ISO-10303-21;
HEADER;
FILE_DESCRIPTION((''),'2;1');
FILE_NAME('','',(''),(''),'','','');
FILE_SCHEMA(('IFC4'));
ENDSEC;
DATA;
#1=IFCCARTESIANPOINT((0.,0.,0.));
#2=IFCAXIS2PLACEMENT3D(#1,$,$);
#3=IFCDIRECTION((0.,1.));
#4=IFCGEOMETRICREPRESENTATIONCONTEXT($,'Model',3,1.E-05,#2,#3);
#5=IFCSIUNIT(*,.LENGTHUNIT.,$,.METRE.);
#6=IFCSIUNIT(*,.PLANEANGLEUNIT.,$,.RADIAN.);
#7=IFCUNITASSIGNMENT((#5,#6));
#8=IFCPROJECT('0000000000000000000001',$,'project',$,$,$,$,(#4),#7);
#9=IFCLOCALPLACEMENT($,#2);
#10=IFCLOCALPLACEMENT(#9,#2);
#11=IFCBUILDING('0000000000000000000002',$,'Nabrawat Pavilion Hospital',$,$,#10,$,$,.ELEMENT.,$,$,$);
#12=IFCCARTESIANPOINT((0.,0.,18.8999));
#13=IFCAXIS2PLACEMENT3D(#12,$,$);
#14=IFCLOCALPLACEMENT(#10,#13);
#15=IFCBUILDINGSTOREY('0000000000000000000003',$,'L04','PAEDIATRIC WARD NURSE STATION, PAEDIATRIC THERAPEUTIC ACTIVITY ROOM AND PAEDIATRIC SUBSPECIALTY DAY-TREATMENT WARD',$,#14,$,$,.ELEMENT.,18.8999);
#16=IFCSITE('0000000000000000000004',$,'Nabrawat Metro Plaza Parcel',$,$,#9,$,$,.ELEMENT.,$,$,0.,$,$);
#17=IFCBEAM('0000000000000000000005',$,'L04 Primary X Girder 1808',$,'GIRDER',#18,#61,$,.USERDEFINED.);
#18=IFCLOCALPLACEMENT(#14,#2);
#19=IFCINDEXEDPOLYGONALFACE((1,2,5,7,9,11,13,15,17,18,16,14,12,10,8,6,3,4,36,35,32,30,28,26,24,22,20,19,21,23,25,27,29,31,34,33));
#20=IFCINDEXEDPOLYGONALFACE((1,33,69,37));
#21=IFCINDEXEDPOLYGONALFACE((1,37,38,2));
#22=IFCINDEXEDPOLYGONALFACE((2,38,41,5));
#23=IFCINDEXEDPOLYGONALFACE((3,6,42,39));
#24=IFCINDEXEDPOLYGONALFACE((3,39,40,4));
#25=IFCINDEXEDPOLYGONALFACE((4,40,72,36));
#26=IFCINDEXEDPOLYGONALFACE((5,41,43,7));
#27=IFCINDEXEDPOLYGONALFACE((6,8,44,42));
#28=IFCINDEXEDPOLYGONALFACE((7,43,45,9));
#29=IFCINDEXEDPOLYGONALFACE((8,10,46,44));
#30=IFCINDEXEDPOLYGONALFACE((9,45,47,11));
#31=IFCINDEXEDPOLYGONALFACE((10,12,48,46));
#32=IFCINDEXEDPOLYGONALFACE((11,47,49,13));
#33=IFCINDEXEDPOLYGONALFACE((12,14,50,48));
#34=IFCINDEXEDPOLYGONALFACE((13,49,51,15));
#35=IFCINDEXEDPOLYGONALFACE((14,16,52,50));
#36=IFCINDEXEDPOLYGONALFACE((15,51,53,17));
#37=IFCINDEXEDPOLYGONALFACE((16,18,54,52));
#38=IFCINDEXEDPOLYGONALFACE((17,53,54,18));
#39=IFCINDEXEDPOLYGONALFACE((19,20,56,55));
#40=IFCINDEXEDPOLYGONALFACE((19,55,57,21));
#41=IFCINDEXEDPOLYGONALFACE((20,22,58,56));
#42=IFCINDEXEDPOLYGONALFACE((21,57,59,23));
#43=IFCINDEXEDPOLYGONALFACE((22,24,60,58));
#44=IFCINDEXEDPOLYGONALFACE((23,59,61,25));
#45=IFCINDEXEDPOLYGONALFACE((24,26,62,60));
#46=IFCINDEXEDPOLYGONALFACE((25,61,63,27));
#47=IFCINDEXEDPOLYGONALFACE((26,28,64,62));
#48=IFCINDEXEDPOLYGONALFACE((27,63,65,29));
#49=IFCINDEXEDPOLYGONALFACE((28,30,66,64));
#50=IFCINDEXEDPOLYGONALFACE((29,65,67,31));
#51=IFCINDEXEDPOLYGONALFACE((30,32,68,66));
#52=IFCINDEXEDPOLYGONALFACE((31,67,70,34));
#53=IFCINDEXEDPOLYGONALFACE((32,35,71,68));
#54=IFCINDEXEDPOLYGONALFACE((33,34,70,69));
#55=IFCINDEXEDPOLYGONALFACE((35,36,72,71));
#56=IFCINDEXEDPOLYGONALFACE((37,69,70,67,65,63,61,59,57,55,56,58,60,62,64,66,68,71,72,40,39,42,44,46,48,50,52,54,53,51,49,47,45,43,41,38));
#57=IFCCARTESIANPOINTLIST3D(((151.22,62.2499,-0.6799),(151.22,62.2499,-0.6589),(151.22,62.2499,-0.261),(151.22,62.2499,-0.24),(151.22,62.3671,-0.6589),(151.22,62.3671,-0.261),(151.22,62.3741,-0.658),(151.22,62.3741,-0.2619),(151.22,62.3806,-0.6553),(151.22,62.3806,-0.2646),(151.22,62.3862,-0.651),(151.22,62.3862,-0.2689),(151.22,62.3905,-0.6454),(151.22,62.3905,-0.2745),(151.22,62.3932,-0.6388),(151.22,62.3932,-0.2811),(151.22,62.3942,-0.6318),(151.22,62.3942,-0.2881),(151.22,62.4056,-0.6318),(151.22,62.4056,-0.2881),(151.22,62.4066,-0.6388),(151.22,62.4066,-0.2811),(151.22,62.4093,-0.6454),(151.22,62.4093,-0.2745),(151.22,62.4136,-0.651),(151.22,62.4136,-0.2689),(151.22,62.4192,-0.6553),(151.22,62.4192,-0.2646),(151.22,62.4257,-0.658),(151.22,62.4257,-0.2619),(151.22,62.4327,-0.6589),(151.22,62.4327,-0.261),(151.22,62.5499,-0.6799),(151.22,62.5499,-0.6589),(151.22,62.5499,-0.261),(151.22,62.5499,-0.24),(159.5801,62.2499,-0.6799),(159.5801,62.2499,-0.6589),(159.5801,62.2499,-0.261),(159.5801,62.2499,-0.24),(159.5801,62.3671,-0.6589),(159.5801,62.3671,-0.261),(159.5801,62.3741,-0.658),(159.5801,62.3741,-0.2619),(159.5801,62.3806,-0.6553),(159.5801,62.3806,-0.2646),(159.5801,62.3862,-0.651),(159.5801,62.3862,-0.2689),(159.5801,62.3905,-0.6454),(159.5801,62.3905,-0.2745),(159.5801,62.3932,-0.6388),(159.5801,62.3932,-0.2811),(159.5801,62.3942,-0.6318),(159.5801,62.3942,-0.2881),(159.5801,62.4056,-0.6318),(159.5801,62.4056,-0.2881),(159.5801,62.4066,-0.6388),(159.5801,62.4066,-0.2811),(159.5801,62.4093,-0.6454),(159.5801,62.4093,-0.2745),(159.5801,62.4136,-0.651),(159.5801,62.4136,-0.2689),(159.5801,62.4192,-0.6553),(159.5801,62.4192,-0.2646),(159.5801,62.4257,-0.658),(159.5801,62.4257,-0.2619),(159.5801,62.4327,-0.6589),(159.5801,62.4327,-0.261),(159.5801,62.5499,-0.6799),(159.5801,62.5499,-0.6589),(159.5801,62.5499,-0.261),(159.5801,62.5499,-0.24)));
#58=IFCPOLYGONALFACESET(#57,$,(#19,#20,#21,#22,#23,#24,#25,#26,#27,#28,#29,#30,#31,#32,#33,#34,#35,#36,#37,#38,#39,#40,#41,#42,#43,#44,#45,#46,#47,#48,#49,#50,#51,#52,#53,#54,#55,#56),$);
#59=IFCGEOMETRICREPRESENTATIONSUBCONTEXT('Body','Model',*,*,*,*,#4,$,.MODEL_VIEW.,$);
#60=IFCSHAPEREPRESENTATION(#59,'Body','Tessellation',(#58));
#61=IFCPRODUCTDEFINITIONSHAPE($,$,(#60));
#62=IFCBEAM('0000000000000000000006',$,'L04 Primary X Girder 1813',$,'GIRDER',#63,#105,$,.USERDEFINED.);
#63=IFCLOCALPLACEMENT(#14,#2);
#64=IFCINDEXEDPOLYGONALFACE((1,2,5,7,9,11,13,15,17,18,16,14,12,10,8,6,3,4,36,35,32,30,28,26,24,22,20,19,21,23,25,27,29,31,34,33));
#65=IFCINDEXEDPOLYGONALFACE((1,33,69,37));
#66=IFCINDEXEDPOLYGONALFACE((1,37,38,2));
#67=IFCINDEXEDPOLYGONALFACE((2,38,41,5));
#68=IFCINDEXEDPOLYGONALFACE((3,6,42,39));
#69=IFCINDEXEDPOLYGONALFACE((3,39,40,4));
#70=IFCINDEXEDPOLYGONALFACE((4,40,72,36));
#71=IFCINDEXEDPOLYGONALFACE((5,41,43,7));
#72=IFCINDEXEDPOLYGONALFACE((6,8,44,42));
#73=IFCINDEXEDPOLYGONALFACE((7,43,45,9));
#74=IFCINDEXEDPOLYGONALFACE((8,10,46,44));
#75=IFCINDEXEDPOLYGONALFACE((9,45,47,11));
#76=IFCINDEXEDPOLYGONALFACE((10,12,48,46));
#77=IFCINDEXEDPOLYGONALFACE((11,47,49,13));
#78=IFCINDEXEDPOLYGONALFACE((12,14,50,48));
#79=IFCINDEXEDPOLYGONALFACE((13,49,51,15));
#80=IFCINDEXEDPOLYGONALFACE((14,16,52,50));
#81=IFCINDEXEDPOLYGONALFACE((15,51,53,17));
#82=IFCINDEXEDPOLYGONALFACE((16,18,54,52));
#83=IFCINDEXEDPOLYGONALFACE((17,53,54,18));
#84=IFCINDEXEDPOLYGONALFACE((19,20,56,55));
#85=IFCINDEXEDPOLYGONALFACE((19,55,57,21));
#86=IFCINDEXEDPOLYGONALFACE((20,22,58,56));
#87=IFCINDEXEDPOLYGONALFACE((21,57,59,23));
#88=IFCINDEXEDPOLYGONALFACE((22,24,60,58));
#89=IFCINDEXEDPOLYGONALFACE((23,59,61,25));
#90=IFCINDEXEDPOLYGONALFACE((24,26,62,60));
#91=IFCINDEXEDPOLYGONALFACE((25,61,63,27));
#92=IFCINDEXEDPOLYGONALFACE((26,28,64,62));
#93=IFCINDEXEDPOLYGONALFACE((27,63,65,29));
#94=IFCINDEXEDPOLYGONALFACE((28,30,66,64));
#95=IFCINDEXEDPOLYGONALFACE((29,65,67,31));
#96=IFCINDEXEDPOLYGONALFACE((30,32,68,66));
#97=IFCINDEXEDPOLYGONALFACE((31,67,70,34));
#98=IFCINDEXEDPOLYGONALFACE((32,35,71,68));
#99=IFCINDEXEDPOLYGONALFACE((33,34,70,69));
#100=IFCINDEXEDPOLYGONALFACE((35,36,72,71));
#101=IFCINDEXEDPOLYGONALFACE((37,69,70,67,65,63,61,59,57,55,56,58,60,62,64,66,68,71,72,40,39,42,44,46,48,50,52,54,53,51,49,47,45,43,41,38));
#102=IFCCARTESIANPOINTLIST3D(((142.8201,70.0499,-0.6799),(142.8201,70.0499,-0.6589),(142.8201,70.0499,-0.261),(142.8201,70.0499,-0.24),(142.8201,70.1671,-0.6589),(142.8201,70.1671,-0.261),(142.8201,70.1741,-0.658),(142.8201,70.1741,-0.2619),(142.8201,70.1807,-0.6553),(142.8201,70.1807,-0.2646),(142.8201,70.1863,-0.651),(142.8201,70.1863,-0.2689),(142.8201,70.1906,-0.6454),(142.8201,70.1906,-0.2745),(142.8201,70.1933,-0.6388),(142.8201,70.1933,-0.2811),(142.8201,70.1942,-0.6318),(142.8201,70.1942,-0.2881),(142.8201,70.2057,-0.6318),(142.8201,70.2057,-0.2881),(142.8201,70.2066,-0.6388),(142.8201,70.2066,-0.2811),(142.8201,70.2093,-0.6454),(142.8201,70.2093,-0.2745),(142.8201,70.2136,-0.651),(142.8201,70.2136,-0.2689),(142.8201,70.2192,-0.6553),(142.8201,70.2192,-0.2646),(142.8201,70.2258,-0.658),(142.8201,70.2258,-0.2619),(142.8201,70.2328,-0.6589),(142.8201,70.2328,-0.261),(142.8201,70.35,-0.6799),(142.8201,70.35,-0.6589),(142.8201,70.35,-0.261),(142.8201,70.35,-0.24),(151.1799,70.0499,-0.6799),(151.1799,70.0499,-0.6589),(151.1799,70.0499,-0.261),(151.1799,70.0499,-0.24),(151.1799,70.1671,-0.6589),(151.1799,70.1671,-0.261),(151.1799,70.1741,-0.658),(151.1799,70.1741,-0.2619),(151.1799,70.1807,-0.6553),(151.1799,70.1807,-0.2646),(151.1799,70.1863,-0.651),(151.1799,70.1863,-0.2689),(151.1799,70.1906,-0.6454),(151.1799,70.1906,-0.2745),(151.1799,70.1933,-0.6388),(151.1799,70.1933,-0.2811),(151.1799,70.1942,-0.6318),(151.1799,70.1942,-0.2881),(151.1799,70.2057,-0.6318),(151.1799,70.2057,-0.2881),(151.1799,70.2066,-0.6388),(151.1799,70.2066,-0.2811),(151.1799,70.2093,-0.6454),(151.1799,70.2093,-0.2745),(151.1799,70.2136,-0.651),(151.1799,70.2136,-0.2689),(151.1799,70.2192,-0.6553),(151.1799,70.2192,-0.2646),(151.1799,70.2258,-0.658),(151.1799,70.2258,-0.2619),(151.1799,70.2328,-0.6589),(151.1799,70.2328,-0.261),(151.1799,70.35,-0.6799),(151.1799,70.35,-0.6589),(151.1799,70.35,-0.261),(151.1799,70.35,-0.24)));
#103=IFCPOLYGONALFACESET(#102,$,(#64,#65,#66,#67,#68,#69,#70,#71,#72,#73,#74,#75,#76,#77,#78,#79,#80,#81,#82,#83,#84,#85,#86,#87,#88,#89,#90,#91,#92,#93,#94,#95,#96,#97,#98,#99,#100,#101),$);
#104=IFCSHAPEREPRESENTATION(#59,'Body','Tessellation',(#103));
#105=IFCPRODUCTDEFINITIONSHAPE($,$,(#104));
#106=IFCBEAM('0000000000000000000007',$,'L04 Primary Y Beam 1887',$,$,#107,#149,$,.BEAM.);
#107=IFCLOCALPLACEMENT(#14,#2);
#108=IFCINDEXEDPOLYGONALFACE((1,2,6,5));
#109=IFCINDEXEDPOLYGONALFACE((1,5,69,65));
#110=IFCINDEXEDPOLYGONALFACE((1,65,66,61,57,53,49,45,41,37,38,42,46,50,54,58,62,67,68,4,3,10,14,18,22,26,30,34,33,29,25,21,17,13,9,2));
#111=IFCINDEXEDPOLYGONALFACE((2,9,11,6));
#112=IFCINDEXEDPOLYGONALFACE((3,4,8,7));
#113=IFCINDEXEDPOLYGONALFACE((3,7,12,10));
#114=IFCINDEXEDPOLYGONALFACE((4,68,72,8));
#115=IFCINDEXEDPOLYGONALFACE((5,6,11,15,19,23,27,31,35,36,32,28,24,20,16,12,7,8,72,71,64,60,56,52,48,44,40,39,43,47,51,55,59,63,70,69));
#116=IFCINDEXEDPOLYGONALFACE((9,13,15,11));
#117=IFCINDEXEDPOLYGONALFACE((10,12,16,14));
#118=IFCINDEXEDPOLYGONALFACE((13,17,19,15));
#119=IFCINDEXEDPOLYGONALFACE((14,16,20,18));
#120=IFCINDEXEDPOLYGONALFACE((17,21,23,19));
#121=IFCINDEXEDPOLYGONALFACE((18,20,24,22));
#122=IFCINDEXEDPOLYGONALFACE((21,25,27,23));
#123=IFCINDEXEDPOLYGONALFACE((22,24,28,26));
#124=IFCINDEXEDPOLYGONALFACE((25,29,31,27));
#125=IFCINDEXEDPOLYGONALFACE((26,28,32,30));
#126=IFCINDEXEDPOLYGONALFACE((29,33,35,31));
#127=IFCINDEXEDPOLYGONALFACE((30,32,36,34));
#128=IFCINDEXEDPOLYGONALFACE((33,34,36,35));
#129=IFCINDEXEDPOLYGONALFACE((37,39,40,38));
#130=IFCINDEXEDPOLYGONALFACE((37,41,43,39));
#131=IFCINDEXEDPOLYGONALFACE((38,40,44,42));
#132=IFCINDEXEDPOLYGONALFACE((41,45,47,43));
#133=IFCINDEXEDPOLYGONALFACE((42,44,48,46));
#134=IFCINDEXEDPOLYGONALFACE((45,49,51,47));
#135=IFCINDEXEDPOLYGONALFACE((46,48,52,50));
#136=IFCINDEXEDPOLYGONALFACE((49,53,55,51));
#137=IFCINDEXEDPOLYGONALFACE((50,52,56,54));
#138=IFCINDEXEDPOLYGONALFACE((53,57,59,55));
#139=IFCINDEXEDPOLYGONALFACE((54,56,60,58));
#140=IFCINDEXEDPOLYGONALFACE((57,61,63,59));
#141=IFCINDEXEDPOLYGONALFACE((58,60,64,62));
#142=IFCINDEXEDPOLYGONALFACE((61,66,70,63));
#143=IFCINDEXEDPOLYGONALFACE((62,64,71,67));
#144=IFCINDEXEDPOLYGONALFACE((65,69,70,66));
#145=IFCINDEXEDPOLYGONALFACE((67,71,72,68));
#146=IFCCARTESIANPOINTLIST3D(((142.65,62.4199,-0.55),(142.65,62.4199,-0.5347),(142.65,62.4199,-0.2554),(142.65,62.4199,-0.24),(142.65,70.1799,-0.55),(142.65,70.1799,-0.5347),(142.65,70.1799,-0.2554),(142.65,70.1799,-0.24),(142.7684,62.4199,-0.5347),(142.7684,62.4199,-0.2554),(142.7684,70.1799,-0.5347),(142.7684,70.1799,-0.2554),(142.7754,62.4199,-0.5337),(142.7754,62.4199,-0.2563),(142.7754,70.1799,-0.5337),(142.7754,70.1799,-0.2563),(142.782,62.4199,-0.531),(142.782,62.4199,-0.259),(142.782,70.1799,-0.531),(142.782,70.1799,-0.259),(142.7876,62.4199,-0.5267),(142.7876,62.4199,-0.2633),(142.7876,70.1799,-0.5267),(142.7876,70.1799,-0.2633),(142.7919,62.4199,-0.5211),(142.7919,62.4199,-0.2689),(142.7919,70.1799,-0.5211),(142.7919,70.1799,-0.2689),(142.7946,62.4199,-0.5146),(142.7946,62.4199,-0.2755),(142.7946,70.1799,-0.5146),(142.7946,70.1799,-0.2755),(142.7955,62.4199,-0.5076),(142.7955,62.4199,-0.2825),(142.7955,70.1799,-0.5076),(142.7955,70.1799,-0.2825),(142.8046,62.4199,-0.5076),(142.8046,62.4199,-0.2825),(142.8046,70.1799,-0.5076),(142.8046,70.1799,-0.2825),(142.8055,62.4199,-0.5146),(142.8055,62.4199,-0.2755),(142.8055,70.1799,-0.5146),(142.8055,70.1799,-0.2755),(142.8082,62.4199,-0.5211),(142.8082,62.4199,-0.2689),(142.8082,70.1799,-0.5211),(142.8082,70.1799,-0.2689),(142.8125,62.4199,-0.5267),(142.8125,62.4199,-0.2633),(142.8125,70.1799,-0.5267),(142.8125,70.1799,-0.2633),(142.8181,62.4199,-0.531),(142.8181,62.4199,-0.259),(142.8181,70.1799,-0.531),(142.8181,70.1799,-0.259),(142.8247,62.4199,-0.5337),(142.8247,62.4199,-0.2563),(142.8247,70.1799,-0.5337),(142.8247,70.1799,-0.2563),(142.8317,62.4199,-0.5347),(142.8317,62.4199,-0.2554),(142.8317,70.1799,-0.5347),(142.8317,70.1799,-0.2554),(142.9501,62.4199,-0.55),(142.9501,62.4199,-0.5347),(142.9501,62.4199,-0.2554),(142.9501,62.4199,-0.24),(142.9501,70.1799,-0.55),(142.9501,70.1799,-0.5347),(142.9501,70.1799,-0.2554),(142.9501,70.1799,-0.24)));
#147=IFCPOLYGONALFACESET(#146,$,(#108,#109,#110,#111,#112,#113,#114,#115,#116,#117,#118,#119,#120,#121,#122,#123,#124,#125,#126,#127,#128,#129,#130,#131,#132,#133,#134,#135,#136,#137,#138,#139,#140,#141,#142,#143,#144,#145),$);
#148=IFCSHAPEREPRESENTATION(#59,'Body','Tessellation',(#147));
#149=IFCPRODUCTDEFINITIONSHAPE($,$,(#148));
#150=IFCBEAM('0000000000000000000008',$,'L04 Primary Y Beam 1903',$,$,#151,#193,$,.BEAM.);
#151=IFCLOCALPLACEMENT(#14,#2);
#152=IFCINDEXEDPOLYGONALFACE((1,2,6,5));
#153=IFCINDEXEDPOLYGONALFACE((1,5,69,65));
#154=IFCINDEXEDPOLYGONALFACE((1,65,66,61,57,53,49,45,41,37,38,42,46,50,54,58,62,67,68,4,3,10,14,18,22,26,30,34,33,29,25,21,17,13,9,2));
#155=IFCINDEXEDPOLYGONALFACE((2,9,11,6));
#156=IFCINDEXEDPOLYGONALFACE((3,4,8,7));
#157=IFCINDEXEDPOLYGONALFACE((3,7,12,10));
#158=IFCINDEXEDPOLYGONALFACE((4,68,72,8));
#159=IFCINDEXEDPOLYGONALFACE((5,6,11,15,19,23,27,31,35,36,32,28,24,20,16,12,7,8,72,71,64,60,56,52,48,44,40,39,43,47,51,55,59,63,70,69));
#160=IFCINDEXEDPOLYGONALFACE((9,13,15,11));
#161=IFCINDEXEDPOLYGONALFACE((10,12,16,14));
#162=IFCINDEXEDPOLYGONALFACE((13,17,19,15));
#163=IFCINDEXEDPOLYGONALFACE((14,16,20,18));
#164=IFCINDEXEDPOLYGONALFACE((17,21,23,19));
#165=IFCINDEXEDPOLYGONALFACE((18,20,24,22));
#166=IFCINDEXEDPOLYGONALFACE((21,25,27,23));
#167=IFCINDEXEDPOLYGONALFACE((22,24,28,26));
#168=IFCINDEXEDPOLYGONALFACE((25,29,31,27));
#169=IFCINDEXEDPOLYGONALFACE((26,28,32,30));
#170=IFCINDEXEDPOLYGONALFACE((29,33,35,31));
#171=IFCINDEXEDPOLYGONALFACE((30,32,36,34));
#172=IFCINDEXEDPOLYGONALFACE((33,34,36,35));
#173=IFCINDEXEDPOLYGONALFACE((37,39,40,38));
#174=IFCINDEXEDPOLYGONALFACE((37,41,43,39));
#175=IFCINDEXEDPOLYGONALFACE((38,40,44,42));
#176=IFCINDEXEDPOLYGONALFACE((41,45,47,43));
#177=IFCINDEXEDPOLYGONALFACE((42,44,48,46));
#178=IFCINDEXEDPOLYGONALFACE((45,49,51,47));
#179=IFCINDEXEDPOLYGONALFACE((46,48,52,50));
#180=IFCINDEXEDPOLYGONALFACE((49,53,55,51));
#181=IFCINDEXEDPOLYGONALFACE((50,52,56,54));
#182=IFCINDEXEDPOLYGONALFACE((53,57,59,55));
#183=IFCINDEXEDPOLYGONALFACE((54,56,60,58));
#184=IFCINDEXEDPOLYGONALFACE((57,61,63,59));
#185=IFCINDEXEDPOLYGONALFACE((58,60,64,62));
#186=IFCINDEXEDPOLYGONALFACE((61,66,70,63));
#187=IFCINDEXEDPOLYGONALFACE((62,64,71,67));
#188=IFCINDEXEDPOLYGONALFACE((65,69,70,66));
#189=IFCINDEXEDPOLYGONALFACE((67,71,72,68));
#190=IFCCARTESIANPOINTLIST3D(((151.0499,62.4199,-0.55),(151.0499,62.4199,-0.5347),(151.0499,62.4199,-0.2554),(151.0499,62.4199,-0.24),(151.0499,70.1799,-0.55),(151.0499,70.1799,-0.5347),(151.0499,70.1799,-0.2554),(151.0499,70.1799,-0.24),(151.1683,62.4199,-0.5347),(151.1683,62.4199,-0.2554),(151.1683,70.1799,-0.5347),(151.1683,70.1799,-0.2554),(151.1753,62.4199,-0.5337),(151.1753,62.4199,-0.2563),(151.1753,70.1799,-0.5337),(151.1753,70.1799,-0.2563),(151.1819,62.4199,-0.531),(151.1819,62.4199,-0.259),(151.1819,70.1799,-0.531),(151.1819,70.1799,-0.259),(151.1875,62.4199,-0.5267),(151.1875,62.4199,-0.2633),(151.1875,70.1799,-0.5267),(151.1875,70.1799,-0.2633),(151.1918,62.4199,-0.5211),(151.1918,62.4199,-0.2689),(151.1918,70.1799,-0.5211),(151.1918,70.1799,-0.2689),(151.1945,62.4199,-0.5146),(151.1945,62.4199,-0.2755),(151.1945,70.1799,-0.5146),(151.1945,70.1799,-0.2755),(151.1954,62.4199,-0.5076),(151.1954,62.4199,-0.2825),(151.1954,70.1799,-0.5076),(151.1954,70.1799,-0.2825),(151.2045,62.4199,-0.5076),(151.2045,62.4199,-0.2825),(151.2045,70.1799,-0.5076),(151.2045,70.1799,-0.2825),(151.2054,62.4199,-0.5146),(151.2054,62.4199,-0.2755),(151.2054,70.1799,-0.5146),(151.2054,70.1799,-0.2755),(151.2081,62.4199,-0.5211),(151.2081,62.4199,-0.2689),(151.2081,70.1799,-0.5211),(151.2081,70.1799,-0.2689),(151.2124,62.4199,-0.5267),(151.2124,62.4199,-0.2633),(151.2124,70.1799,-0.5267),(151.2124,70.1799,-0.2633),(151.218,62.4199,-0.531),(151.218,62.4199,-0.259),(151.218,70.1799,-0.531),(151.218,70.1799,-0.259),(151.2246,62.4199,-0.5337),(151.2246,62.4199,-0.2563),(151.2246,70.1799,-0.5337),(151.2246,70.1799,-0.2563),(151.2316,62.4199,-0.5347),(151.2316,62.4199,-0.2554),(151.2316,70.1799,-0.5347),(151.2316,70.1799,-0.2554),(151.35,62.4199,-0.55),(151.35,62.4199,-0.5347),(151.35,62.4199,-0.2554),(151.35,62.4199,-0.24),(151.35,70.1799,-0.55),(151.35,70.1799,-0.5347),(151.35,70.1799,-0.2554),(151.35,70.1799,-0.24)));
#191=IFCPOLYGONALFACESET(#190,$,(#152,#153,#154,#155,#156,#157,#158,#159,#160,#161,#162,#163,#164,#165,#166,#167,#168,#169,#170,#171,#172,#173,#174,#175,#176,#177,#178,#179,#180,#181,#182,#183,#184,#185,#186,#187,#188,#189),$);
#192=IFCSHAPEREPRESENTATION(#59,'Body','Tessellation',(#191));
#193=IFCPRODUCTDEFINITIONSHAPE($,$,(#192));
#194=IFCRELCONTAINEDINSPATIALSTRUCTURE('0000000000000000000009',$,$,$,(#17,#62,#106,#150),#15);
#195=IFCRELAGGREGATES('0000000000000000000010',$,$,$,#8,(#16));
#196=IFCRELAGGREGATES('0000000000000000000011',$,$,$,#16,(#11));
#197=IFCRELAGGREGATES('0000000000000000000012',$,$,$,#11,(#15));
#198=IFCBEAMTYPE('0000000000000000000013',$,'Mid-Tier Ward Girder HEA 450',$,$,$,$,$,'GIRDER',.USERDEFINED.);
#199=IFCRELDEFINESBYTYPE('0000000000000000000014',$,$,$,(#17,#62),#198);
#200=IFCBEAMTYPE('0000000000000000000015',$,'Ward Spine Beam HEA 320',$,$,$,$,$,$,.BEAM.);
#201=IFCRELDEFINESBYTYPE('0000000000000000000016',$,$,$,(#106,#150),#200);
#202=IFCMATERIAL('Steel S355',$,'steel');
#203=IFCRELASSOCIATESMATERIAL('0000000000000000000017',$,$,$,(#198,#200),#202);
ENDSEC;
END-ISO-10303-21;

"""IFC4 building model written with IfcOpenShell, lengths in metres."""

from ifc_helpers import new_model, si_unit, direction, frame, origin, origin_2d, place, context, subcontext, project, spatial, i_section, extrude, material, material_profile, profile_set, type_object, element, save


model = new_model("IFC4")

# Units and contexts
model_context = context("Model", 3, precision=1e-05, world=origin(), true_north=direction((0.0, 1.0)))
body_context = subcontext(model_context, "Body", "Model", "MODEL_VIEW")
ifc_project = project(units=[si_unit("LENGTHUNIT", "METRE"), si_unit("PLANEANGLEUNIT", "RADIAN")], contexts=[model_context])

# Site, building, storey
site_placement = place(None, origin())
site = spatial("IfcSite", under=ifc_project, at=site_placement, Name="Nabrawat Metro Plaza Parcel", CompositionType="ELEMENT", RefElevation=0.0)
building_placement = place(site_placement, origin())
building = spatial("IfcBuilding", under=site, at=building_placement, Name="Nabrawat Pavilion Hospital", CompositionType="ELEMENT")
storey_placement = place(building_placement, frame((0.0, 0.0, 18.8999)))
storey = spatial("IfcBuildingStorey", under=building, at=storey_placement, Name="L04", Description="PAEDIATRIC WARD NURSE STATION, PAEDIATRIC THERAPEUTIC ACTIVITY ROOM AND PAEDIATRIC SUBSPECIALTY DAY-TREATMENT WARD", CompositionType="ELEMENT", Elevation=18.8999)

# Shared definitions
ifc_material_1 = material(Name="Steel S355", Category="steel")

# Beams
ifc_material_profile_1 = material_profile(ifc_material_1, i_section(OverallWidth=0.3, OverallDepth=0.4399, WebThickness=0.0115, FlangeThickness=0.021, FilletRadius=0.0271, at=origin_2d()), Name="HEA 450")
ifc_profile_set_1 = profile_set([ifc_material_profile_1], Name="Steel S355")
beam_type_1 = type_object("IfcBeamType", Name="Mid-Tier Ward Girder HEA 450", ElementType="GIRDER", PredefinedType="USERDEFINED", material=ifc_profile_set_1)
beam_1_placement = place(storey_placement, frame((151.22, 62.3999, -0.46), z_axis=(1.0, 0.0, 0.0), x_axis=(0.0, 1.0, 0.0)))
element("IfcBeam", 1, at=beam_1_placement, inside=storey, type_object=beam_type_1, Name="L04 Primary X Girder 1808", ObjectType="GIRDER", PredefinedType="USERDEFINED", context=body_context, shape_type="SweptSolid", body=[
    extrude(i_section(OverallWidth=0.3, OverallDepth=0.4399, WebThickness=0.0115, FlangeThickness=0.021, FilletRadius=0.0271, at=origin_2d()), origin(), (0.0, 0.0, 1.0), 8.3601),
])
beam_2_placement = place(storey_placement, frame((142.8201, 70.2, -0.46), z_axis=(1.0, 0.0, 0.0), x_axis=(0.0, 1.0, 0.0)))
element("IfcBeam", 2, at=beam_2_placement, inside=storey, type_object=beam_type_1, Name="L04 Primary X Girder 1813", ObjectType="GIRDER", PredefinedType="USERDEFINED", context=body_context, shape_type="SweptSolid", body=[
    extrude(i_section(OverallWidth=0.3, OverallDepth=0.4399, WebThickness=0.0115, FlangeThickness=0.021, FilletRadius=0.0271, at=origin_2d()), origin(), (0.0, 0.0, 1.0), 8.3599),
])
ifc_material_profile_2 = material_profile(ifc_material_1, i_section(OverallWidth=0.3, OverallDepth=0.3101, WebThickness=0.009, FlangeThickness=0.0154, FilletRadius=0.0271, at=origin_2d()), Name="HEA 320")
ifc_profile_set_2 = profile_set([ifc_material_profile_2], Name="Steel S355")
beam_type_2 = type_object("IfcBeamType", Name="Ward Spine Beam HEA 320", PredefinedType="BEAM", material=ifc_profile_set_2)
for number, where, z_axis, x_axis, name in (
    (3, (142.8, 62.4199, -0.395), (0.0, 1.0, 0.0), (-1.0, 0.0, 0.0), "L04 Primary Y Beam 1887"),
    (4, (151.2, 62.4199, -0.395), (0.0, 1.0, 0.0), (-1.0, 0.0, 0.0), "L04 Primary Y Beam 1903"),
):
    element("IfcBeam", number, at=place(storey_placement, frame(where, z_axis=z_axis, x_axis=x_axis)), inside=storey, type_object=beam_type_2, Name=name, PredefinedType="BEAM", context=body_context, shape_type="SweptSolid", body=[
        extrude(i_section(OverallWidth=0.3, OverallDepth=0.3101, WebThickness=0.009, FlangeThickness=0.0154, FilletRadius=0.0271, at=origin_2d()), origin(), (0.0, 0.0, 1.0), 7.76),
    ])

save(model, "model.ifc")
